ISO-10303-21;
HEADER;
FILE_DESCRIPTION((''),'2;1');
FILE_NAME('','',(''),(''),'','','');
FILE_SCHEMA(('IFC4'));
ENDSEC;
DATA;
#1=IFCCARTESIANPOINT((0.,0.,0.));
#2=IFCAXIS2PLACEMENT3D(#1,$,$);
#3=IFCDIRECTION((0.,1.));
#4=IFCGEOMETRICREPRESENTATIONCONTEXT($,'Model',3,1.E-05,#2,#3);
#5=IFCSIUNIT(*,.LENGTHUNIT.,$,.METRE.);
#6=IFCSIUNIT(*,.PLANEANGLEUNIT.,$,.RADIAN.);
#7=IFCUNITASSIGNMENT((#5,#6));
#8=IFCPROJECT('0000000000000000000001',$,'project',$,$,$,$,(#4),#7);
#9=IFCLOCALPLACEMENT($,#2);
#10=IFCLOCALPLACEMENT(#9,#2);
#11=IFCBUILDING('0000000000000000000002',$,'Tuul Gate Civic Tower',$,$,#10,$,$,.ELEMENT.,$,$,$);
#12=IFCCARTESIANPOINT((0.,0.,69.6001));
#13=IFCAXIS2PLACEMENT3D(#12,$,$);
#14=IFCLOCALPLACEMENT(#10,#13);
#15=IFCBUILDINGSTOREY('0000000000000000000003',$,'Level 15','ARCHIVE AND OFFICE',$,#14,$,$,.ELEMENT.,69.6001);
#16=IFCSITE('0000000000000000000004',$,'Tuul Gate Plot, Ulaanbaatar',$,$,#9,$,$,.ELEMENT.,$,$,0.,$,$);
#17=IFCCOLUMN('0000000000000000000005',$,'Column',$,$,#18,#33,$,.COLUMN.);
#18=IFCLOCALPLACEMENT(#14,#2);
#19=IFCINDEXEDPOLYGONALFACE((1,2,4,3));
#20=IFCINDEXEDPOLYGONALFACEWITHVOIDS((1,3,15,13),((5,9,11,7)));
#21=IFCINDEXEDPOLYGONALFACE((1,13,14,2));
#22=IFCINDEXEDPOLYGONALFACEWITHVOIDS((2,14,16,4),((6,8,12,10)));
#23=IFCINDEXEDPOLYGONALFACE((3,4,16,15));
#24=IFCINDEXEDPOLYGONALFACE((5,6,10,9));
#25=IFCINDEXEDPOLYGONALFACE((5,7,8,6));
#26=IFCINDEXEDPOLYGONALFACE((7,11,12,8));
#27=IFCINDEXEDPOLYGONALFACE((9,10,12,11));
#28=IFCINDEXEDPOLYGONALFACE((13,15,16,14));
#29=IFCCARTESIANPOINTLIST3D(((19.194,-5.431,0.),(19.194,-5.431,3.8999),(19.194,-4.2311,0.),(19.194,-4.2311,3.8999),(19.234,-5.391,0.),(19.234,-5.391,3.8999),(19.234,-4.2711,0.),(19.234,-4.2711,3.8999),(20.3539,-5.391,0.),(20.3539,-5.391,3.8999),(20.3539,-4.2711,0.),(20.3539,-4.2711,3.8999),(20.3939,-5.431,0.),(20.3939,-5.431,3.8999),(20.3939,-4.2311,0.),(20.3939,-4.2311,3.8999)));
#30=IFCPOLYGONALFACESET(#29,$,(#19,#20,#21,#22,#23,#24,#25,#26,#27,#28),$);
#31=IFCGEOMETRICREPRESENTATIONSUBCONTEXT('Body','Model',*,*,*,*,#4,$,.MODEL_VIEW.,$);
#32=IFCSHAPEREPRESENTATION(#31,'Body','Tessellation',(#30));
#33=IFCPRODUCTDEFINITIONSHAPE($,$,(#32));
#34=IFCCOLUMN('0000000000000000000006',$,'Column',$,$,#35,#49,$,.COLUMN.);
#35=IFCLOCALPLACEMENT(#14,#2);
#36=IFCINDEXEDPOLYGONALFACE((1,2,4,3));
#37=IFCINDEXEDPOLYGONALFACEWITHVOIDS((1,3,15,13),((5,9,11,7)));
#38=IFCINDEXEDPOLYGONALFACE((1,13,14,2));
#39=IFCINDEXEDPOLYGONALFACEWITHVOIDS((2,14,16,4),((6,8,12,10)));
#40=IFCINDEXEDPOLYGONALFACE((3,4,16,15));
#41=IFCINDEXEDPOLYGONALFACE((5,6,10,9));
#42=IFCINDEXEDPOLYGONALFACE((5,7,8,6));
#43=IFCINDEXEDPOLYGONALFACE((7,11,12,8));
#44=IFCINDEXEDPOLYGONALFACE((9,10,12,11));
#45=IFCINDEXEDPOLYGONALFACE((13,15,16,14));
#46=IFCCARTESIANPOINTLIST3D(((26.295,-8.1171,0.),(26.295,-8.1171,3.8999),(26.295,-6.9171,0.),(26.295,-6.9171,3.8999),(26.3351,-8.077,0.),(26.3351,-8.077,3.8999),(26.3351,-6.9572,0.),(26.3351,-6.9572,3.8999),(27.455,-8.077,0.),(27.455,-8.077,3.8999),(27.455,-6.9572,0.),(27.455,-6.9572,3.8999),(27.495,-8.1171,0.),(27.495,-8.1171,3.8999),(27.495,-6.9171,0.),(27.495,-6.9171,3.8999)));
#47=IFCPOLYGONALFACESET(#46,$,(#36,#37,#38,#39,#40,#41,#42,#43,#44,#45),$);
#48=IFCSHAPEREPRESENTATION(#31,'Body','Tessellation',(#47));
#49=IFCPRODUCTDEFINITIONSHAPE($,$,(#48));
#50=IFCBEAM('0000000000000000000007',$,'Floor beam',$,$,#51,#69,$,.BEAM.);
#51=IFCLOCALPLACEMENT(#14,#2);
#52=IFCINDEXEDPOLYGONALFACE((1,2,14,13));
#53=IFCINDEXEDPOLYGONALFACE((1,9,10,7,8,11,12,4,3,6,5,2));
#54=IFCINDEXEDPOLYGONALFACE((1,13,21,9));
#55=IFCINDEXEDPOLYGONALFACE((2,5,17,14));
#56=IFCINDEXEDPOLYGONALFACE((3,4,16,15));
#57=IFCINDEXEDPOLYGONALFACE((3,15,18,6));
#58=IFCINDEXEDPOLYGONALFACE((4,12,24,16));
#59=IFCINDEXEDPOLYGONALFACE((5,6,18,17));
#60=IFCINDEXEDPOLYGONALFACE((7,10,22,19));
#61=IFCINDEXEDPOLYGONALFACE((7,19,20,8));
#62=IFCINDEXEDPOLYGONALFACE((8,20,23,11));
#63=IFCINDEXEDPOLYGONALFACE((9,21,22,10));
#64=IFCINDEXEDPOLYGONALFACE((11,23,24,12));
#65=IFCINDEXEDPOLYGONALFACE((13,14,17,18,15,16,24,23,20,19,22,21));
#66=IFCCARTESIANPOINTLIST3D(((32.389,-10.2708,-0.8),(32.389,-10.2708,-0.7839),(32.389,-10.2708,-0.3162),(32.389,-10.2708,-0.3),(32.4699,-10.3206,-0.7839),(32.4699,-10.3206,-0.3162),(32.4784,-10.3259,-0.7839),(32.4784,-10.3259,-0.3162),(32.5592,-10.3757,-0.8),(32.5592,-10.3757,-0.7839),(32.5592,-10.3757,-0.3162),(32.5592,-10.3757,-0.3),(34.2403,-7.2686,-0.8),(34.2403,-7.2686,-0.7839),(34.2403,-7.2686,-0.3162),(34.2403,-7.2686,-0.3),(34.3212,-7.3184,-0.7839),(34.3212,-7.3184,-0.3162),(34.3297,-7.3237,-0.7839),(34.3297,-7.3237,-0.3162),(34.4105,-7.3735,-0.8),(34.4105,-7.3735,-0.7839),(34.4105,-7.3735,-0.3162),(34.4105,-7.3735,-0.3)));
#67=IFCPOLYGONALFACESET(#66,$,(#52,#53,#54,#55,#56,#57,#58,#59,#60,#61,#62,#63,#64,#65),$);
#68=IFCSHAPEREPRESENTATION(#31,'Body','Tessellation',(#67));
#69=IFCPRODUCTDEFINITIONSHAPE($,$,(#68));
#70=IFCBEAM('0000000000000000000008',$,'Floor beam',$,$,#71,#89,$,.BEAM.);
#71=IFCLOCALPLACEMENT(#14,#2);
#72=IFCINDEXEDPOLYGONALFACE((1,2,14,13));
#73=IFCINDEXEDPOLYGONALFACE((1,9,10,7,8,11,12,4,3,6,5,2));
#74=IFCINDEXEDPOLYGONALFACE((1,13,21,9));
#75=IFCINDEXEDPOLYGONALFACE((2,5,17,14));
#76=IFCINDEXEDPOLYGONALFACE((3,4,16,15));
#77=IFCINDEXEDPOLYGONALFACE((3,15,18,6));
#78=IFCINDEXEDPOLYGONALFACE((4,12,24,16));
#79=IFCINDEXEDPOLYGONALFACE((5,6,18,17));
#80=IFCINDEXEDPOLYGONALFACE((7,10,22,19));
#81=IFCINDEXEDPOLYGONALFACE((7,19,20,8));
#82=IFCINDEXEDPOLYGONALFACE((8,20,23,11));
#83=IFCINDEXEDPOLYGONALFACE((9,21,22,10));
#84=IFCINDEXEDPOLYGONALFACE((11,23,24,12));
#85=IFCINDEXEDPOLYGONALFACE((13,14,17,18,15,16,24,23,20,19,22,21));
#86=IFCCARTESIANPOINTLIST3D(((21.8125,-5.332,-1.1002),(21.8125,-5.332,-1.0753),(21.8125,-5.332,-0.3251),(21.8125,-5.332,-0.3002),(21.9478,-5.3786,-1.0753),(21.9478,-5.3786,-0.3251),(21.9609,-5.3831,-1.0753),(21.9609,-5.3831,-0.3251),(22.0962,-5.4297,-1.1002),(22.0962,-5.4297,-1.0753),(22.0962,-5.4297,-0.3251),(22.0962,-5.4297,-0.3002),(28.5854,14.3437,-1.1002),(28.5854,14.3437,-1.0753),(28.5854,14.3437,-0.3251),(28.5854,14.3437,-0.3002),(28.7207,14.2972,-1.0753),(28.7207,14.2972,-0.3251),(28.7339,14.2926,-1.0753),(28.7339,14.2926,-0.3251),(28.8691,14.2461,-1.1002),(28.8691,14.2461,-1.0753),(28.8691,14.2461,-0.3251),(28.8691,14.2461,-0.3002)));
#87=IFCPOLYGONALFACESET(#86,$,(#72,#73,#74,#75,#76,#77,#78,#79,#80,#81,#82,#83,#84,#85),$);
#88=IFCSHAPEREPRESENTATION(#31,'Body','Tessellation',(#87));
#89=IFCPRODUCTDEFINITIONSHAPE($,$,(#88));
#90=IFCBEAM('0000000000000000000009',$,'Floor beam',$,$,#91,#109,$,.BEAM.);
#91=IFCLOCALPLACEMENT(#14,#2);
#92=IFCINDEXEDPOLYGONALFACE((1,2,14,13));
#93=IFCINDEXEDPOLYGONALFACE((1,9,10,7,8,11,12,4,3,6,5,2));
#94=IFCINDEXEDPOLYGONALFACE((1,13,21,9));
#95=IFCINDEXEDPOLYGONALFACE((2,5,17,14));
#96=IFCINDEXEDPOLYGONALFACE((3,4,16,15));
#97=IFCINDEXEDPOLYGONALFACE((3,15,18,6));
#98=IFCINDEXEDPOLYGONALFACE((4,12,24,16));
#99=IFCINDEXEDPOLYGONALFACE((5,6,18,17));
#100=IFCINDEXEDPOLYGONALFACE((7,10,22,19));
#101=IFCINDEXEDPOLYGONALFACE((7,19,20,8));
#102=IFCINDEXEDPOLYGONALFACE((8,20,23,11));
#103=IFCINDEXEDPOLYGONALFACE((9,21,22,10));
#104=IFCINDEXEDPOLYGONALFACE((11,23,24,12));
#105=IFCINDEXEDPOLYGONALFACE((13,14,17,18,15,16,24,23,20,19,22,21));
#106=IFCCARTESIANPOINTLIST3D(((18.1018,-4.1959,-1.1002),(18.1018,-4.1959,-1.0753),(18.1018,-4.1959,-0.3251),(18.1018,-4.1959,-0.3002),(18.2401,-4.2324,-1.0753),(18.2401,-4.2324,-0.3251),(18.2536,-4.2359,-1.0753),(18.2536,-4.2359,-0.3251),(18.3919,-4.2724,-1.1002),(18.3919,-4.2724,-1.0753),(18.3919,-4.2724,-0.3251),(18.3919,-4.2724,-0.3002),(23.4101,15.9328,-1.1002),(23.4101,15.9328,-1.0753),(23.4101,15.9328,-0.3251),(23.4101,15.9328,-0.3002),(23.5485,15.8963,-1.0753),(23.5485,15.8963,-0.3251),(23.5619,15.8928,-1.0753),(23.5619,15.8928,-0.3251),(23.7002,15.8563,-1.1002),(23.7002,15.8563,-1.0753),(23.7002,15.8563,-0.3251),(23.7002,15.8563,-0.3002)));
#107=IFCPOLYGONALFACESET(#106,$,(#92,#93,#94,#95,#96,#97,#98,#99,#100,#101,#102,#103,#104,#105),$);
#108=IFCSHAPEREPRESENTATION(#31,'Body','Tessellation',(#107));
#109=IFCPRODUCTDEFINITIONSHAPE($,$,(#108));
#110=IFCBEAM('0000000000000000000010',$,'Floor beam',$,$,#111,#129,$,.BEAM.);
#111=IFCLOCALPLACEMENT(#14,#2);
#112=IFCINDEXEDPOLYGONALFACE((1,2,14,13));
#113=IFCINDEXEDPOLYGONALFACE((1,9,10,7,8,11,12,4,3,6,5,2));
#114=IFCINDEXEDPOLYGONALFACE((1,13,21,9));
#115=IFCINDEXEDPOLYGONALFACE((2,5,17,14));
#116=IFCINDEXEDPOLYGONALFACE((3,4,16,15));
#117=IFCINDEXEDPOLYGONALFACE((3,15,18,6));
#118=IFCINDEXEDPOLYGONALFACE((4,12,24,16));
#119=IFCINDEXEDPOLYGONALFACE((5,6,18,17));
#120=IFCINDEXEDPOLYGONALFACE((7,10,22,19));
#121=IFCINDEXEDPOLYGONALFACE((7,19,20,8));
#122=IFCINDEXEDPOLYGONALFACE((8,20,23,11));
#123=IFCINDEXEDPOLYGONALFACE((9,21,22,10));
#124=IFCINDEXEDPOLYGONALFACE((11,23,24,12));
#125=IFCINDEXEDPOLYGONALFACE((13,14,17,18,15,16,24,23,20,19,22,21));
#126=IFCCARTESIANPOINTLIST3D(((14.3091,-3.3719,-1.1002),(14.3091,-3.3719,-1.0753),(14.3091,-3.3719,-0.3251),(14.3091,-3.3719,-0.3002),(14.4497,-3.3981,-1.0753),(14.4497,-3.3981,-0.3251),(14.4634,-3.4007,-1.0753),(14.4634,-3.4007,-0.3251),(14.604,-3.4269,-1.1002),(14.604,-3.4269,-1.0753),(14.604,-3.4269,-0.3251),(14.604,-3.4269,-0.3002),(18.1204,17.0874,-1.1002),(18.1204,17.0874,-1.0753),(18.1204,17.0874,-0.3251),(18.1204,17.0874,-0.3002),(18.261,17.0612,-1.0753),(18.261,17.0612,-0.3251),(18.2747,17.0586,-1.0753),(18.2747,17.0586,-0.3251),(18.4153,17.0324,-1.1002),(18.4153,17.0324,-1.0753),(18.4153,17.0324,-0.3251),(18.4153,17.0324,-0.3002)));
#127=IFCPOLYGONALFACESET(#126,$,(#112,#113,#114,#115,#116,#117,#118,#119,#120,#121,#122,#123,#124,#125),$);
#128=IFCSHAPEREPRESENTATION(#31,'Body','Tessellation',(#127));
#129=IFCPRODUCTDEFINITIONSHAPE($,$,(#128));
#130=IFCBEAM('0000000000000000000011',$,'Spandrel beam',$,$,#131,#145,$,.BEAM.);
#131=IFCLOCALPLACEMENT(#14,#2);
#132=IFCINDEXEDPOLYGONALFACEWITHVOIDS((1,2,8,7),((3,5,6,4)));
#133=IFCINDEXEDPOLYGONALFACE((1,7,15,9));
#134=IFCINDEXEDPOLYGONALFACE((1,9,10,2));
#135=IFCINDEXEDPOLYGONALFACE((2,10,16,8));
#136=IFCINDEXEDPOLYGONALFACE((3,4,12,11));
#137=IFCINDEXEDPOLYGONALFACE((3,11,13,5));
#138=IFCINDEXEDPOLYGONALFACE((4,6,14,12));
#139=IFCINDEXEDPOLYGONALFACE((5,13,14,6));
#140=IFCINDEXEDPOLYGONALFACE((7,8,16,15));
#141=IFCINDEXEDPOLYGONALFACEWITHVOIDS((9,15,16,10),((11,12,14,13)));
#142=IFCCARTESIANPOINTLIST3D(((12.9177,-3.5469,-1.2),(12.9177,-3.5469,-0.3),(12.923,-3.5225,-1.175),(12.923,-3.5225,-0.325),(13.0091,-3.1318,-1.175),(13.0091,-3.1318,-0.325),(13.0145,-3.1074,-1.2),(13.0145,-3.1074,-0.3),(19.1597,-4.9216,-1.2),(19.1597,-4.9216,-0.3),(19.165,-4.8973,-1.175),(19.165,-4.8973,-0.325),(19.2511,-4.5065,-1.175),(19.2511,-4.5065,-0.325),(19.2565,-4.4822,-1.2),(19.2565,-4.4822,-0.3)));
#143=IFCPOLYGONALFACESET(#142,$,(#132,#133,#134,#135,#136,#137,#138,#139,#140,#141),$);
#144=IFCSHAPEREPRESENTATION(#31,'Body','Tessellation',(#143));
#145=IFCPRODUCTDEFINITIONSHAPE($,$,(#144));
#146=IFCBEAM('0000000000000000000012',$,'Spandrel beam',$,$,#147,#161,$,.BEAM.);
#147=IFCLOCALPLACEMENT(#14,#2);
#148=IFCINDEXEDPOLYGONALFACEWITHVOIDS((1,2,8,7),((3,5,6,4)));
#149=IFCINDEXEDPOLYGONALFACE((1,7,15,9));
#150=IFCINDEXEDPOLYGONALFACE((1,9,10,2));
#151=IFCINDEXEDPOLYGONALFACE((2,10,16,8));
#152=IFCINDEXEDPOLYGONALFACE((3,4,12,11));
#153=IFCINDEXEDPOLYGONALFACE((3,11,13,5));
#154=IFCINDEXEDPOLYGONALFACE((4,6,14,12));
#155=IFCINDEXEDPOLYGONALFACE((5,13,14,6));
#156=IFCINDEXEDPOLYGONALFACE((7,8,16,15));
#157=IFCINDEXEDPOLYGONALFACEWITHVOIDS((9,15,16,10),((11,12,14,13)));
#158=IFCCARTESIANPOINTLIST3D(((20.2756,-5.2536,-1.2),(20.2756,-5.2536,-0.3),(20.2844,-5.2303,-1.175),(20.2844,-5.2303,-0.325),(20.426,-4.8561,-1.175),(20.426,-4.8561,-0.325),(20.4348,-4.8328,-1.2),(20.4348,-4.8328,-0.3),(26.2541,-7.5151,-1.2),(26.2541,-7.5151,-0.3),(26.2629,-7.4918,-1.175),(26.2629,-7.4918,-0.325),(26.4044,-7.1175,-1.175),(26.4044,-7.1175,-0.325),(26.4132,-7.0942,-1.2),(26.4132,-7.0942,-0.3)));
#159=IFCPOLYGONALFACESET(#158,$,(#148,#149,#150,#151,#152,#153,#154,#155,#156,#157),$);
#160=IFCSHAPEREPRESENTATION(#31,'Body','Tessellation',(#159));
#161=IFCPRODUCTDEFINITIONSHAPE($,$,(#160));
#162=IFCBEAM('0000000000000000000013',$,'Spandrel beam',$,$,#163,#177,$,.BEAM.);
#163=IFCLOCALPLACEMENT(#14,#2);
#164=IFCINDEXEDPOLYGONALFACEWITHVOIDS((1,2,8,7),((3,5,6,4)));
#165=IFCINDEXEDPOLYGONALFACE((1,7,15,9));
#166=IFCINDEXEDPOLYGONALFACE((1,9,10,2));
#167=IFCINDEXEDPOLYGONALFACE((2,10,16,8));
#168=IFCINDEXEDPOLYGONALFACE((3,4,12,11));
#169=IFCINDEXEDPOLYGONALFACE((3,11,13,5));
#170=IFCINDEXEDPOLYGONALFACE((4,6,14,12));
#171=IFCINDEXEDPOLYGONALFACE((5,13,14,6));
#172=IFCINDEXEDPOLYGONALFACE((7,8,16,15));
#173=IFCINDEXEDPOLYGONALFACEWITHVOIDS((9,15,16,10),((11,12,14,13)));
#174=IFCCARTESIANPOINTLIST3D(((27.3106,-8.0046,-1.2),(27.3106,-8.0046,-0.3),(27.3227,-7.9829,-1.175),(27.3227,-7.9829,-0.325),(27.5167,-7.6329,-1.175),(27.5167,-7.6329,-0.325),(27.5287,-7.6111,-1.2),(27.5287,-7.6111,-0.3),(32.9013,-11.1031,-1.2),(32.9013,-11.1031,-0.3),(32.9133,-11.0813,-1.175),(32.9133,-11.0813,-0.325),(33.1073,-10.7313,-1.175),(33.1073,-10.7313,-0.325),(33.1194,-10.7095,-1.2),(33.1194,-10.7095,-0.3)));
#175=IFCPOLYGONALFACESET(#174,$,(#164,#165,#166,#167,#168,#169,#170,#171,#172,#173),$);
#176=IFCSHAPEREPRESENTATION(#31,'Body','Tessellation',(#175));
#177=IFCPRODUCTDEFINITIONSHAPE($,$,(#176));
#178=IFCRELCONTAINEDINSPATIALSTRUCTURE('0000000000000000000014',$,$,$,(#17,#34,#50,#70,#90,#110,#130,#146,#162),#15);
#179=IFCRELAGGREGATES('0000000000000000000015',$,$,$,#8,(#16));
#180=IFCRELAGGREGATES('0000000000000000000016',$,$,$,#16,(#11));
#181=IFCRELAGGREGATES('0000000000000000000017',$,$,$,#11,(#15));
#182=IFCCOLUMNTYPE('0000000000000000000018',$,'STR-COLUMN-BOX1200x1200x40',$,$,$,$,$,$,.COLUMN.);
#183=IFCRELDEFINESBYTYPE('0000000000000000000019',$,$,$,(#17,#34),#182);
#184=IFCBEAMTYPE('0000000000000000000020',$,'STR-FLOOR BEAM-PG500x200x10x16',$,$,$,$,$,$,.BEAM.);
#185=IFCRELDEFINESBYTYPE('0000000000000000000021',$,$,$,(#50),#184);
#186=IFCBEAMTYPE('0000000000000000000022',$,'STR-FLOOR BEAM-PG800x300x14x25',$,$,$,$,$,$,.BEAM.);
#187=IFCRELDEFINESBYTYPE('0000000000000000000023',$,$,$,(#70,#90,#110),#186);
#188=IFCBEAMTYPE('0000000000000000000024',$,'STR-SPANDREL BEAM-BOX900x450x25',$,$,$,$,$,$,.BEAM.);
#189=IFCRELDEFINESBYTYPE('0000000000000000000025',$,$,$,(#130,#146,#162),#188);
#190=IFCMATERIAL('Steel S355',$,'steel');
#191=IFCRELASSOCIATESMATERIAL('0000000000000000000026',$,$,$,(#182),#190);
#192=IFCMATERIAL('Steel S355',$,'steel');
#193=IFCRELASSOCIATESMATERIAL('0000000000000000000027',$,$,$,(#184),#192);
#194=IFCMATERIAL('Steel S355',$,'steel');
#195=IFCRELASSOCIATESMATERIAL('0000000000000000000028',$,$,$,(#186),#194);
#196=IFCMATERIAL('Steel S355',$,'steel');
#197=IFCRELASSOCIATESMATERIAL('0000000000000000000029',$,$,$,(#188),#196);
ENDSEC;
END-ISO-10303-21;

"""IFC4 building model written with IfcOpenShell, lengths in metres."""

from ifc_helpers import new_model, si_unit, direction, frame, origin, origin_2d, place, context, subcontext, project, spatial, hollow_rectangle, i_section, extrude, material, material_profile, profile_set, type_object, element, save


model = new_model("IFC4")

# Units and contexts
model_context = context("Model", 3, precision=1e-05, world=origin(), true_north=direction((0.0, 1.0)))
body_context = subcontext(model_context, "Body", "Model", "MODEL_VIEW")
ifc_project = project(units=[si_unit("LENGTHUNIT", "METRE"), si_unit("PLANEANGLEUNIT", "RADIAN")], contexts=[model_context])

# Site, building, storey
site_placement = place(None, origin())
site = spatial("IfcSite", under=ifc_project, at=site_placement, Name="Tuul Gate Plot, Ulaanbaatar", CompositionType="ELEMENT", RefElevation=0.0)
building_placement = place(site_placement, origin())
building = spatial("IfcBuilding", under=site, at=building_placement, Name="Tuul Gate Civic Tower", CompositionType="ELEMENT")
storey_placement = place(building_placement, frame((0.0, 0.0, 69.6001)))
storey = spatial("IfcBuildingStorey", under=building, at=storey_placement, Name="Level 15", Description="ARCHIVE AND OFFICE", CompositionType="ELEMENT", Elevation=69.6001)

# Columns
ifc_material_1 = material(Name="Steel S355", Category="steel")
ifc_material_profile_1 = material_profile(ifc_material_1, hollow_rectangle(XDim=1.2, YDim=1.2, WallThickness=0.04, at=origin_2d()), Name="BOX1200x1200x40")
ifc_profile_set_1 = profile_set([ifc_material_profile_1], Name="Steel S355")
column_type = type_object("IfcColumnType", Name="STR-COLUMN-BOX1200x1200x40", PredefinedType="COLUMN", material=ifc_profile_set_1)
for number, where, z_axis, x_axis, name in (
    (1, (19.7939, -4.8311, 0.0), (0.0, 0.0, 1.0), (1.0, 0.0, 0.0), "Column"),
    (2, (26.895, -7.5171, 0.0), (0.0, 0.0, 1.0), (1.0, 0.0, 0.0), "Column"),
):
    element("IfcColumn", number, at=place(storey_placement, frame(where, z_axis=z_axis, x_axis=x_axis)), inside=storey, type_object=column_type, Name=name, PredefinedType="COLUMN", context=body_context, shape_type="SweptSolid", body=[
        extrude(hollow_rectangle(XDim=1.2, YDim=1.2, WallThickness=0.04, at=origin_2d()), origin(), (0.0, 0.0, 1.0), 3.8999),
    ])

# Beams
ifc_material_2 = material(Name="Steel S355", Category="steel")
ifc_material_profile_2 = material_profile(ifc_material_2, i_section(OverallWidth=0.2, OverallDepth=0.5, WebThickness=0.01, FlangeThickness=0.0161, at=origin_2d()), Name="PG500x200x10x16")
ifc_profile_set_2 = profile_set([ifc_material_profile_2], Name="Steel S355")
beam_type_1 = type_object("IfcBeamType", Name="STR-FLOOR BEAM-PG500x200x10x16", PredefinedType="BEAM", material=ifc_profile_set_2)
beam_1_placement = place(storey_placement, frame((32.4741, -10.3232, -0.55), z_axis=(0.524881, 0.851176, 0.0), x_axis=(-0.851176, 0.524881, 0.0)))
element("IfcBeam", 3, at=beam_1_placement, inside=storey, type_object=beam_type_1, Name="Floor beam", PredefinedType="BEAM", context=body_context, shape_type="SweptSolid", body=[
    extrude(i_section(OverallWidth=0.2, OverallDepth=0.5, WebThickness=0.01, FlangeThickness=0.0161, at=origin_2d()), origin(), (0.0, 0.0, 1.0), 3.5271),
])
ifc_material_3 = material(Name="Steel S355", Category="steel")
ifc_material_profile_3 = material_profile(ifc_material_3, i_section(OverallWidth=0.3, OverallDepth=0.8, WebThickness=0.0139, FlangeThickness=0.0249, at=origin_2d()), Name="PG800x300x14x25")
ifc_profile_set_3 = profile_set([ifc_material_profile_3], Name="Steel S355")
beam_type_2 = type_object("IfcBeamType", Name="STR-FLOOR BEAM-PG800x300x14x25", PredefinedType="BEAM", material=ifc_profile_set_3)
beam_2_placement = place(storey_placement, frame((21.9543, -5.3809, -0.7002), z_axis=(0.325484, 0.945548, 0.0), x_axis=(-0.945548, 0.325484, 0.0)))
element("IfcBeam", 4, at=beam_2_placement, inside=storey, type_object=beam_type_2, Name="Floor beam", PredefinedType="BEAM", context=body_context, shape_type="SweptSolid", body=[
    extrude(i_section(OverallWidth=0.3, OverallDepth=0.8, WebThickness=0.0139, FlangeThickness=0.0249, at=origin_2d()), origin(), (0.0, 0.0, 1.0), 20.8088),
])
beam_3_placement = place(storey_placement, frame((18.2468, -4.2341, -0.7002), z_axis=(0.255002, 0.96694, 0.0), x_axis=(-0.96694, 0.255002, 0.0)))
element("IfcBeam", 5, at=beam_3_placement, inside=storey, type_object=beam_type_2, Name="Floor beam", PredefinedType="BEAM", context=body_context, shape_type="SweptSolid", body=[
    extrude(i_section(OverallWidth=0.3, OverallDepth=0.8, WebThickness=0.0139, FlangeThickness=0.0249, at=origin_2d()), origin(), (0.0, 0.0, 1.0), 20.8169),
])
beam_4_placement = place(storey_placement, frame((14.4565, -3.3994, -0.7002), z_axis=(0.183136, 0.983088, 0.0), x_axis=(-0.983088, 0.183136, 0.0)))
element("IfcBeam", 6, at=beam_4_placement, inside=storey, type_object=beam_type_2, Name="Floor beam", PredefinedType="BEAM", context=body_context, shape_type="SweptSolid", body=[
    extrude(i_section(OverallWidth=0.3, OverallDepth=0.8, WebThickness=0.0139, FlangeThickness=0.0249, at=origin_2d()), origin(), (0.0, 0.0, 1.0), 20.8113),
])
ifc_material_4 = material(Name="Steel S355", Category="steel")
ifc_material_profile_4 = material_profile(ifc_material_4, hollow_rectangle(XDim=0.45, YDim=0.8999, WallThickness=0.0249, at=origin_2d()), Name="BOX900x450x25")
ifc_profile_set_4 = profile_set([ifc_material_profile_4], Name="Steel S355")
beam_type_3 = type_object("IfcBeamType", Name="STR-SPANDREL BEAM-BOX900x450x25", PredefinedType="BEAM", material=ifc_profile_set_4)
beam_5_placement = place(storey_placement, frame((12.9661, -3.3271, -0.75), z_axis=(0.976594, -0.21509, 0.0), x_axis=(0.21509, 0.976594, 0.0)))
element("IfcBeam", 7, at=beam_5_placement, inside=storey, type_object=beam_type_3, Name="Spandrel beam", PredefinedType="BEAM", context=body_context, shape_type="SweptSolid", body=[
    extrude(hollow_rectangle(XDim=0.45, YDim=0.8999, WallThickness=0.0249, at=origin_2d()), origin(), (0.0, 0.0, 1.0), 6.3916),
])
for number, where, z_axis, x_axis, name in (
    (8, (20.3552, -5.0432, -0.75), (0.935321, -0.353801, 0.0), (0.353801, 0.935321, 0.0), "Spandrel beam"),
    (9, (27.4197, -7.8079, -0.75), (0.874654, -0.484748, 0.0), (0.484748, 0.874654, 0.0), "Spandrel beam"),
):
    element("IfcBeam", number, at=place(storey_placement, frame(where, z_axis=z_axis, x_axis=x_axis)), inside=storey, type_object=beam_type_3, Name=name, PredefinedType="BEAM", context=body_context, shape_type="SweptSolid", body=[
        extrude(hollow_rectangle(XDim=0.45, YDim=0.8999, WallThickness=0.0249, at=origin_2d()), origin(), (0.0, 0.0, 1.0), 6.3918),
    ])

save(model, "model.ifc")
